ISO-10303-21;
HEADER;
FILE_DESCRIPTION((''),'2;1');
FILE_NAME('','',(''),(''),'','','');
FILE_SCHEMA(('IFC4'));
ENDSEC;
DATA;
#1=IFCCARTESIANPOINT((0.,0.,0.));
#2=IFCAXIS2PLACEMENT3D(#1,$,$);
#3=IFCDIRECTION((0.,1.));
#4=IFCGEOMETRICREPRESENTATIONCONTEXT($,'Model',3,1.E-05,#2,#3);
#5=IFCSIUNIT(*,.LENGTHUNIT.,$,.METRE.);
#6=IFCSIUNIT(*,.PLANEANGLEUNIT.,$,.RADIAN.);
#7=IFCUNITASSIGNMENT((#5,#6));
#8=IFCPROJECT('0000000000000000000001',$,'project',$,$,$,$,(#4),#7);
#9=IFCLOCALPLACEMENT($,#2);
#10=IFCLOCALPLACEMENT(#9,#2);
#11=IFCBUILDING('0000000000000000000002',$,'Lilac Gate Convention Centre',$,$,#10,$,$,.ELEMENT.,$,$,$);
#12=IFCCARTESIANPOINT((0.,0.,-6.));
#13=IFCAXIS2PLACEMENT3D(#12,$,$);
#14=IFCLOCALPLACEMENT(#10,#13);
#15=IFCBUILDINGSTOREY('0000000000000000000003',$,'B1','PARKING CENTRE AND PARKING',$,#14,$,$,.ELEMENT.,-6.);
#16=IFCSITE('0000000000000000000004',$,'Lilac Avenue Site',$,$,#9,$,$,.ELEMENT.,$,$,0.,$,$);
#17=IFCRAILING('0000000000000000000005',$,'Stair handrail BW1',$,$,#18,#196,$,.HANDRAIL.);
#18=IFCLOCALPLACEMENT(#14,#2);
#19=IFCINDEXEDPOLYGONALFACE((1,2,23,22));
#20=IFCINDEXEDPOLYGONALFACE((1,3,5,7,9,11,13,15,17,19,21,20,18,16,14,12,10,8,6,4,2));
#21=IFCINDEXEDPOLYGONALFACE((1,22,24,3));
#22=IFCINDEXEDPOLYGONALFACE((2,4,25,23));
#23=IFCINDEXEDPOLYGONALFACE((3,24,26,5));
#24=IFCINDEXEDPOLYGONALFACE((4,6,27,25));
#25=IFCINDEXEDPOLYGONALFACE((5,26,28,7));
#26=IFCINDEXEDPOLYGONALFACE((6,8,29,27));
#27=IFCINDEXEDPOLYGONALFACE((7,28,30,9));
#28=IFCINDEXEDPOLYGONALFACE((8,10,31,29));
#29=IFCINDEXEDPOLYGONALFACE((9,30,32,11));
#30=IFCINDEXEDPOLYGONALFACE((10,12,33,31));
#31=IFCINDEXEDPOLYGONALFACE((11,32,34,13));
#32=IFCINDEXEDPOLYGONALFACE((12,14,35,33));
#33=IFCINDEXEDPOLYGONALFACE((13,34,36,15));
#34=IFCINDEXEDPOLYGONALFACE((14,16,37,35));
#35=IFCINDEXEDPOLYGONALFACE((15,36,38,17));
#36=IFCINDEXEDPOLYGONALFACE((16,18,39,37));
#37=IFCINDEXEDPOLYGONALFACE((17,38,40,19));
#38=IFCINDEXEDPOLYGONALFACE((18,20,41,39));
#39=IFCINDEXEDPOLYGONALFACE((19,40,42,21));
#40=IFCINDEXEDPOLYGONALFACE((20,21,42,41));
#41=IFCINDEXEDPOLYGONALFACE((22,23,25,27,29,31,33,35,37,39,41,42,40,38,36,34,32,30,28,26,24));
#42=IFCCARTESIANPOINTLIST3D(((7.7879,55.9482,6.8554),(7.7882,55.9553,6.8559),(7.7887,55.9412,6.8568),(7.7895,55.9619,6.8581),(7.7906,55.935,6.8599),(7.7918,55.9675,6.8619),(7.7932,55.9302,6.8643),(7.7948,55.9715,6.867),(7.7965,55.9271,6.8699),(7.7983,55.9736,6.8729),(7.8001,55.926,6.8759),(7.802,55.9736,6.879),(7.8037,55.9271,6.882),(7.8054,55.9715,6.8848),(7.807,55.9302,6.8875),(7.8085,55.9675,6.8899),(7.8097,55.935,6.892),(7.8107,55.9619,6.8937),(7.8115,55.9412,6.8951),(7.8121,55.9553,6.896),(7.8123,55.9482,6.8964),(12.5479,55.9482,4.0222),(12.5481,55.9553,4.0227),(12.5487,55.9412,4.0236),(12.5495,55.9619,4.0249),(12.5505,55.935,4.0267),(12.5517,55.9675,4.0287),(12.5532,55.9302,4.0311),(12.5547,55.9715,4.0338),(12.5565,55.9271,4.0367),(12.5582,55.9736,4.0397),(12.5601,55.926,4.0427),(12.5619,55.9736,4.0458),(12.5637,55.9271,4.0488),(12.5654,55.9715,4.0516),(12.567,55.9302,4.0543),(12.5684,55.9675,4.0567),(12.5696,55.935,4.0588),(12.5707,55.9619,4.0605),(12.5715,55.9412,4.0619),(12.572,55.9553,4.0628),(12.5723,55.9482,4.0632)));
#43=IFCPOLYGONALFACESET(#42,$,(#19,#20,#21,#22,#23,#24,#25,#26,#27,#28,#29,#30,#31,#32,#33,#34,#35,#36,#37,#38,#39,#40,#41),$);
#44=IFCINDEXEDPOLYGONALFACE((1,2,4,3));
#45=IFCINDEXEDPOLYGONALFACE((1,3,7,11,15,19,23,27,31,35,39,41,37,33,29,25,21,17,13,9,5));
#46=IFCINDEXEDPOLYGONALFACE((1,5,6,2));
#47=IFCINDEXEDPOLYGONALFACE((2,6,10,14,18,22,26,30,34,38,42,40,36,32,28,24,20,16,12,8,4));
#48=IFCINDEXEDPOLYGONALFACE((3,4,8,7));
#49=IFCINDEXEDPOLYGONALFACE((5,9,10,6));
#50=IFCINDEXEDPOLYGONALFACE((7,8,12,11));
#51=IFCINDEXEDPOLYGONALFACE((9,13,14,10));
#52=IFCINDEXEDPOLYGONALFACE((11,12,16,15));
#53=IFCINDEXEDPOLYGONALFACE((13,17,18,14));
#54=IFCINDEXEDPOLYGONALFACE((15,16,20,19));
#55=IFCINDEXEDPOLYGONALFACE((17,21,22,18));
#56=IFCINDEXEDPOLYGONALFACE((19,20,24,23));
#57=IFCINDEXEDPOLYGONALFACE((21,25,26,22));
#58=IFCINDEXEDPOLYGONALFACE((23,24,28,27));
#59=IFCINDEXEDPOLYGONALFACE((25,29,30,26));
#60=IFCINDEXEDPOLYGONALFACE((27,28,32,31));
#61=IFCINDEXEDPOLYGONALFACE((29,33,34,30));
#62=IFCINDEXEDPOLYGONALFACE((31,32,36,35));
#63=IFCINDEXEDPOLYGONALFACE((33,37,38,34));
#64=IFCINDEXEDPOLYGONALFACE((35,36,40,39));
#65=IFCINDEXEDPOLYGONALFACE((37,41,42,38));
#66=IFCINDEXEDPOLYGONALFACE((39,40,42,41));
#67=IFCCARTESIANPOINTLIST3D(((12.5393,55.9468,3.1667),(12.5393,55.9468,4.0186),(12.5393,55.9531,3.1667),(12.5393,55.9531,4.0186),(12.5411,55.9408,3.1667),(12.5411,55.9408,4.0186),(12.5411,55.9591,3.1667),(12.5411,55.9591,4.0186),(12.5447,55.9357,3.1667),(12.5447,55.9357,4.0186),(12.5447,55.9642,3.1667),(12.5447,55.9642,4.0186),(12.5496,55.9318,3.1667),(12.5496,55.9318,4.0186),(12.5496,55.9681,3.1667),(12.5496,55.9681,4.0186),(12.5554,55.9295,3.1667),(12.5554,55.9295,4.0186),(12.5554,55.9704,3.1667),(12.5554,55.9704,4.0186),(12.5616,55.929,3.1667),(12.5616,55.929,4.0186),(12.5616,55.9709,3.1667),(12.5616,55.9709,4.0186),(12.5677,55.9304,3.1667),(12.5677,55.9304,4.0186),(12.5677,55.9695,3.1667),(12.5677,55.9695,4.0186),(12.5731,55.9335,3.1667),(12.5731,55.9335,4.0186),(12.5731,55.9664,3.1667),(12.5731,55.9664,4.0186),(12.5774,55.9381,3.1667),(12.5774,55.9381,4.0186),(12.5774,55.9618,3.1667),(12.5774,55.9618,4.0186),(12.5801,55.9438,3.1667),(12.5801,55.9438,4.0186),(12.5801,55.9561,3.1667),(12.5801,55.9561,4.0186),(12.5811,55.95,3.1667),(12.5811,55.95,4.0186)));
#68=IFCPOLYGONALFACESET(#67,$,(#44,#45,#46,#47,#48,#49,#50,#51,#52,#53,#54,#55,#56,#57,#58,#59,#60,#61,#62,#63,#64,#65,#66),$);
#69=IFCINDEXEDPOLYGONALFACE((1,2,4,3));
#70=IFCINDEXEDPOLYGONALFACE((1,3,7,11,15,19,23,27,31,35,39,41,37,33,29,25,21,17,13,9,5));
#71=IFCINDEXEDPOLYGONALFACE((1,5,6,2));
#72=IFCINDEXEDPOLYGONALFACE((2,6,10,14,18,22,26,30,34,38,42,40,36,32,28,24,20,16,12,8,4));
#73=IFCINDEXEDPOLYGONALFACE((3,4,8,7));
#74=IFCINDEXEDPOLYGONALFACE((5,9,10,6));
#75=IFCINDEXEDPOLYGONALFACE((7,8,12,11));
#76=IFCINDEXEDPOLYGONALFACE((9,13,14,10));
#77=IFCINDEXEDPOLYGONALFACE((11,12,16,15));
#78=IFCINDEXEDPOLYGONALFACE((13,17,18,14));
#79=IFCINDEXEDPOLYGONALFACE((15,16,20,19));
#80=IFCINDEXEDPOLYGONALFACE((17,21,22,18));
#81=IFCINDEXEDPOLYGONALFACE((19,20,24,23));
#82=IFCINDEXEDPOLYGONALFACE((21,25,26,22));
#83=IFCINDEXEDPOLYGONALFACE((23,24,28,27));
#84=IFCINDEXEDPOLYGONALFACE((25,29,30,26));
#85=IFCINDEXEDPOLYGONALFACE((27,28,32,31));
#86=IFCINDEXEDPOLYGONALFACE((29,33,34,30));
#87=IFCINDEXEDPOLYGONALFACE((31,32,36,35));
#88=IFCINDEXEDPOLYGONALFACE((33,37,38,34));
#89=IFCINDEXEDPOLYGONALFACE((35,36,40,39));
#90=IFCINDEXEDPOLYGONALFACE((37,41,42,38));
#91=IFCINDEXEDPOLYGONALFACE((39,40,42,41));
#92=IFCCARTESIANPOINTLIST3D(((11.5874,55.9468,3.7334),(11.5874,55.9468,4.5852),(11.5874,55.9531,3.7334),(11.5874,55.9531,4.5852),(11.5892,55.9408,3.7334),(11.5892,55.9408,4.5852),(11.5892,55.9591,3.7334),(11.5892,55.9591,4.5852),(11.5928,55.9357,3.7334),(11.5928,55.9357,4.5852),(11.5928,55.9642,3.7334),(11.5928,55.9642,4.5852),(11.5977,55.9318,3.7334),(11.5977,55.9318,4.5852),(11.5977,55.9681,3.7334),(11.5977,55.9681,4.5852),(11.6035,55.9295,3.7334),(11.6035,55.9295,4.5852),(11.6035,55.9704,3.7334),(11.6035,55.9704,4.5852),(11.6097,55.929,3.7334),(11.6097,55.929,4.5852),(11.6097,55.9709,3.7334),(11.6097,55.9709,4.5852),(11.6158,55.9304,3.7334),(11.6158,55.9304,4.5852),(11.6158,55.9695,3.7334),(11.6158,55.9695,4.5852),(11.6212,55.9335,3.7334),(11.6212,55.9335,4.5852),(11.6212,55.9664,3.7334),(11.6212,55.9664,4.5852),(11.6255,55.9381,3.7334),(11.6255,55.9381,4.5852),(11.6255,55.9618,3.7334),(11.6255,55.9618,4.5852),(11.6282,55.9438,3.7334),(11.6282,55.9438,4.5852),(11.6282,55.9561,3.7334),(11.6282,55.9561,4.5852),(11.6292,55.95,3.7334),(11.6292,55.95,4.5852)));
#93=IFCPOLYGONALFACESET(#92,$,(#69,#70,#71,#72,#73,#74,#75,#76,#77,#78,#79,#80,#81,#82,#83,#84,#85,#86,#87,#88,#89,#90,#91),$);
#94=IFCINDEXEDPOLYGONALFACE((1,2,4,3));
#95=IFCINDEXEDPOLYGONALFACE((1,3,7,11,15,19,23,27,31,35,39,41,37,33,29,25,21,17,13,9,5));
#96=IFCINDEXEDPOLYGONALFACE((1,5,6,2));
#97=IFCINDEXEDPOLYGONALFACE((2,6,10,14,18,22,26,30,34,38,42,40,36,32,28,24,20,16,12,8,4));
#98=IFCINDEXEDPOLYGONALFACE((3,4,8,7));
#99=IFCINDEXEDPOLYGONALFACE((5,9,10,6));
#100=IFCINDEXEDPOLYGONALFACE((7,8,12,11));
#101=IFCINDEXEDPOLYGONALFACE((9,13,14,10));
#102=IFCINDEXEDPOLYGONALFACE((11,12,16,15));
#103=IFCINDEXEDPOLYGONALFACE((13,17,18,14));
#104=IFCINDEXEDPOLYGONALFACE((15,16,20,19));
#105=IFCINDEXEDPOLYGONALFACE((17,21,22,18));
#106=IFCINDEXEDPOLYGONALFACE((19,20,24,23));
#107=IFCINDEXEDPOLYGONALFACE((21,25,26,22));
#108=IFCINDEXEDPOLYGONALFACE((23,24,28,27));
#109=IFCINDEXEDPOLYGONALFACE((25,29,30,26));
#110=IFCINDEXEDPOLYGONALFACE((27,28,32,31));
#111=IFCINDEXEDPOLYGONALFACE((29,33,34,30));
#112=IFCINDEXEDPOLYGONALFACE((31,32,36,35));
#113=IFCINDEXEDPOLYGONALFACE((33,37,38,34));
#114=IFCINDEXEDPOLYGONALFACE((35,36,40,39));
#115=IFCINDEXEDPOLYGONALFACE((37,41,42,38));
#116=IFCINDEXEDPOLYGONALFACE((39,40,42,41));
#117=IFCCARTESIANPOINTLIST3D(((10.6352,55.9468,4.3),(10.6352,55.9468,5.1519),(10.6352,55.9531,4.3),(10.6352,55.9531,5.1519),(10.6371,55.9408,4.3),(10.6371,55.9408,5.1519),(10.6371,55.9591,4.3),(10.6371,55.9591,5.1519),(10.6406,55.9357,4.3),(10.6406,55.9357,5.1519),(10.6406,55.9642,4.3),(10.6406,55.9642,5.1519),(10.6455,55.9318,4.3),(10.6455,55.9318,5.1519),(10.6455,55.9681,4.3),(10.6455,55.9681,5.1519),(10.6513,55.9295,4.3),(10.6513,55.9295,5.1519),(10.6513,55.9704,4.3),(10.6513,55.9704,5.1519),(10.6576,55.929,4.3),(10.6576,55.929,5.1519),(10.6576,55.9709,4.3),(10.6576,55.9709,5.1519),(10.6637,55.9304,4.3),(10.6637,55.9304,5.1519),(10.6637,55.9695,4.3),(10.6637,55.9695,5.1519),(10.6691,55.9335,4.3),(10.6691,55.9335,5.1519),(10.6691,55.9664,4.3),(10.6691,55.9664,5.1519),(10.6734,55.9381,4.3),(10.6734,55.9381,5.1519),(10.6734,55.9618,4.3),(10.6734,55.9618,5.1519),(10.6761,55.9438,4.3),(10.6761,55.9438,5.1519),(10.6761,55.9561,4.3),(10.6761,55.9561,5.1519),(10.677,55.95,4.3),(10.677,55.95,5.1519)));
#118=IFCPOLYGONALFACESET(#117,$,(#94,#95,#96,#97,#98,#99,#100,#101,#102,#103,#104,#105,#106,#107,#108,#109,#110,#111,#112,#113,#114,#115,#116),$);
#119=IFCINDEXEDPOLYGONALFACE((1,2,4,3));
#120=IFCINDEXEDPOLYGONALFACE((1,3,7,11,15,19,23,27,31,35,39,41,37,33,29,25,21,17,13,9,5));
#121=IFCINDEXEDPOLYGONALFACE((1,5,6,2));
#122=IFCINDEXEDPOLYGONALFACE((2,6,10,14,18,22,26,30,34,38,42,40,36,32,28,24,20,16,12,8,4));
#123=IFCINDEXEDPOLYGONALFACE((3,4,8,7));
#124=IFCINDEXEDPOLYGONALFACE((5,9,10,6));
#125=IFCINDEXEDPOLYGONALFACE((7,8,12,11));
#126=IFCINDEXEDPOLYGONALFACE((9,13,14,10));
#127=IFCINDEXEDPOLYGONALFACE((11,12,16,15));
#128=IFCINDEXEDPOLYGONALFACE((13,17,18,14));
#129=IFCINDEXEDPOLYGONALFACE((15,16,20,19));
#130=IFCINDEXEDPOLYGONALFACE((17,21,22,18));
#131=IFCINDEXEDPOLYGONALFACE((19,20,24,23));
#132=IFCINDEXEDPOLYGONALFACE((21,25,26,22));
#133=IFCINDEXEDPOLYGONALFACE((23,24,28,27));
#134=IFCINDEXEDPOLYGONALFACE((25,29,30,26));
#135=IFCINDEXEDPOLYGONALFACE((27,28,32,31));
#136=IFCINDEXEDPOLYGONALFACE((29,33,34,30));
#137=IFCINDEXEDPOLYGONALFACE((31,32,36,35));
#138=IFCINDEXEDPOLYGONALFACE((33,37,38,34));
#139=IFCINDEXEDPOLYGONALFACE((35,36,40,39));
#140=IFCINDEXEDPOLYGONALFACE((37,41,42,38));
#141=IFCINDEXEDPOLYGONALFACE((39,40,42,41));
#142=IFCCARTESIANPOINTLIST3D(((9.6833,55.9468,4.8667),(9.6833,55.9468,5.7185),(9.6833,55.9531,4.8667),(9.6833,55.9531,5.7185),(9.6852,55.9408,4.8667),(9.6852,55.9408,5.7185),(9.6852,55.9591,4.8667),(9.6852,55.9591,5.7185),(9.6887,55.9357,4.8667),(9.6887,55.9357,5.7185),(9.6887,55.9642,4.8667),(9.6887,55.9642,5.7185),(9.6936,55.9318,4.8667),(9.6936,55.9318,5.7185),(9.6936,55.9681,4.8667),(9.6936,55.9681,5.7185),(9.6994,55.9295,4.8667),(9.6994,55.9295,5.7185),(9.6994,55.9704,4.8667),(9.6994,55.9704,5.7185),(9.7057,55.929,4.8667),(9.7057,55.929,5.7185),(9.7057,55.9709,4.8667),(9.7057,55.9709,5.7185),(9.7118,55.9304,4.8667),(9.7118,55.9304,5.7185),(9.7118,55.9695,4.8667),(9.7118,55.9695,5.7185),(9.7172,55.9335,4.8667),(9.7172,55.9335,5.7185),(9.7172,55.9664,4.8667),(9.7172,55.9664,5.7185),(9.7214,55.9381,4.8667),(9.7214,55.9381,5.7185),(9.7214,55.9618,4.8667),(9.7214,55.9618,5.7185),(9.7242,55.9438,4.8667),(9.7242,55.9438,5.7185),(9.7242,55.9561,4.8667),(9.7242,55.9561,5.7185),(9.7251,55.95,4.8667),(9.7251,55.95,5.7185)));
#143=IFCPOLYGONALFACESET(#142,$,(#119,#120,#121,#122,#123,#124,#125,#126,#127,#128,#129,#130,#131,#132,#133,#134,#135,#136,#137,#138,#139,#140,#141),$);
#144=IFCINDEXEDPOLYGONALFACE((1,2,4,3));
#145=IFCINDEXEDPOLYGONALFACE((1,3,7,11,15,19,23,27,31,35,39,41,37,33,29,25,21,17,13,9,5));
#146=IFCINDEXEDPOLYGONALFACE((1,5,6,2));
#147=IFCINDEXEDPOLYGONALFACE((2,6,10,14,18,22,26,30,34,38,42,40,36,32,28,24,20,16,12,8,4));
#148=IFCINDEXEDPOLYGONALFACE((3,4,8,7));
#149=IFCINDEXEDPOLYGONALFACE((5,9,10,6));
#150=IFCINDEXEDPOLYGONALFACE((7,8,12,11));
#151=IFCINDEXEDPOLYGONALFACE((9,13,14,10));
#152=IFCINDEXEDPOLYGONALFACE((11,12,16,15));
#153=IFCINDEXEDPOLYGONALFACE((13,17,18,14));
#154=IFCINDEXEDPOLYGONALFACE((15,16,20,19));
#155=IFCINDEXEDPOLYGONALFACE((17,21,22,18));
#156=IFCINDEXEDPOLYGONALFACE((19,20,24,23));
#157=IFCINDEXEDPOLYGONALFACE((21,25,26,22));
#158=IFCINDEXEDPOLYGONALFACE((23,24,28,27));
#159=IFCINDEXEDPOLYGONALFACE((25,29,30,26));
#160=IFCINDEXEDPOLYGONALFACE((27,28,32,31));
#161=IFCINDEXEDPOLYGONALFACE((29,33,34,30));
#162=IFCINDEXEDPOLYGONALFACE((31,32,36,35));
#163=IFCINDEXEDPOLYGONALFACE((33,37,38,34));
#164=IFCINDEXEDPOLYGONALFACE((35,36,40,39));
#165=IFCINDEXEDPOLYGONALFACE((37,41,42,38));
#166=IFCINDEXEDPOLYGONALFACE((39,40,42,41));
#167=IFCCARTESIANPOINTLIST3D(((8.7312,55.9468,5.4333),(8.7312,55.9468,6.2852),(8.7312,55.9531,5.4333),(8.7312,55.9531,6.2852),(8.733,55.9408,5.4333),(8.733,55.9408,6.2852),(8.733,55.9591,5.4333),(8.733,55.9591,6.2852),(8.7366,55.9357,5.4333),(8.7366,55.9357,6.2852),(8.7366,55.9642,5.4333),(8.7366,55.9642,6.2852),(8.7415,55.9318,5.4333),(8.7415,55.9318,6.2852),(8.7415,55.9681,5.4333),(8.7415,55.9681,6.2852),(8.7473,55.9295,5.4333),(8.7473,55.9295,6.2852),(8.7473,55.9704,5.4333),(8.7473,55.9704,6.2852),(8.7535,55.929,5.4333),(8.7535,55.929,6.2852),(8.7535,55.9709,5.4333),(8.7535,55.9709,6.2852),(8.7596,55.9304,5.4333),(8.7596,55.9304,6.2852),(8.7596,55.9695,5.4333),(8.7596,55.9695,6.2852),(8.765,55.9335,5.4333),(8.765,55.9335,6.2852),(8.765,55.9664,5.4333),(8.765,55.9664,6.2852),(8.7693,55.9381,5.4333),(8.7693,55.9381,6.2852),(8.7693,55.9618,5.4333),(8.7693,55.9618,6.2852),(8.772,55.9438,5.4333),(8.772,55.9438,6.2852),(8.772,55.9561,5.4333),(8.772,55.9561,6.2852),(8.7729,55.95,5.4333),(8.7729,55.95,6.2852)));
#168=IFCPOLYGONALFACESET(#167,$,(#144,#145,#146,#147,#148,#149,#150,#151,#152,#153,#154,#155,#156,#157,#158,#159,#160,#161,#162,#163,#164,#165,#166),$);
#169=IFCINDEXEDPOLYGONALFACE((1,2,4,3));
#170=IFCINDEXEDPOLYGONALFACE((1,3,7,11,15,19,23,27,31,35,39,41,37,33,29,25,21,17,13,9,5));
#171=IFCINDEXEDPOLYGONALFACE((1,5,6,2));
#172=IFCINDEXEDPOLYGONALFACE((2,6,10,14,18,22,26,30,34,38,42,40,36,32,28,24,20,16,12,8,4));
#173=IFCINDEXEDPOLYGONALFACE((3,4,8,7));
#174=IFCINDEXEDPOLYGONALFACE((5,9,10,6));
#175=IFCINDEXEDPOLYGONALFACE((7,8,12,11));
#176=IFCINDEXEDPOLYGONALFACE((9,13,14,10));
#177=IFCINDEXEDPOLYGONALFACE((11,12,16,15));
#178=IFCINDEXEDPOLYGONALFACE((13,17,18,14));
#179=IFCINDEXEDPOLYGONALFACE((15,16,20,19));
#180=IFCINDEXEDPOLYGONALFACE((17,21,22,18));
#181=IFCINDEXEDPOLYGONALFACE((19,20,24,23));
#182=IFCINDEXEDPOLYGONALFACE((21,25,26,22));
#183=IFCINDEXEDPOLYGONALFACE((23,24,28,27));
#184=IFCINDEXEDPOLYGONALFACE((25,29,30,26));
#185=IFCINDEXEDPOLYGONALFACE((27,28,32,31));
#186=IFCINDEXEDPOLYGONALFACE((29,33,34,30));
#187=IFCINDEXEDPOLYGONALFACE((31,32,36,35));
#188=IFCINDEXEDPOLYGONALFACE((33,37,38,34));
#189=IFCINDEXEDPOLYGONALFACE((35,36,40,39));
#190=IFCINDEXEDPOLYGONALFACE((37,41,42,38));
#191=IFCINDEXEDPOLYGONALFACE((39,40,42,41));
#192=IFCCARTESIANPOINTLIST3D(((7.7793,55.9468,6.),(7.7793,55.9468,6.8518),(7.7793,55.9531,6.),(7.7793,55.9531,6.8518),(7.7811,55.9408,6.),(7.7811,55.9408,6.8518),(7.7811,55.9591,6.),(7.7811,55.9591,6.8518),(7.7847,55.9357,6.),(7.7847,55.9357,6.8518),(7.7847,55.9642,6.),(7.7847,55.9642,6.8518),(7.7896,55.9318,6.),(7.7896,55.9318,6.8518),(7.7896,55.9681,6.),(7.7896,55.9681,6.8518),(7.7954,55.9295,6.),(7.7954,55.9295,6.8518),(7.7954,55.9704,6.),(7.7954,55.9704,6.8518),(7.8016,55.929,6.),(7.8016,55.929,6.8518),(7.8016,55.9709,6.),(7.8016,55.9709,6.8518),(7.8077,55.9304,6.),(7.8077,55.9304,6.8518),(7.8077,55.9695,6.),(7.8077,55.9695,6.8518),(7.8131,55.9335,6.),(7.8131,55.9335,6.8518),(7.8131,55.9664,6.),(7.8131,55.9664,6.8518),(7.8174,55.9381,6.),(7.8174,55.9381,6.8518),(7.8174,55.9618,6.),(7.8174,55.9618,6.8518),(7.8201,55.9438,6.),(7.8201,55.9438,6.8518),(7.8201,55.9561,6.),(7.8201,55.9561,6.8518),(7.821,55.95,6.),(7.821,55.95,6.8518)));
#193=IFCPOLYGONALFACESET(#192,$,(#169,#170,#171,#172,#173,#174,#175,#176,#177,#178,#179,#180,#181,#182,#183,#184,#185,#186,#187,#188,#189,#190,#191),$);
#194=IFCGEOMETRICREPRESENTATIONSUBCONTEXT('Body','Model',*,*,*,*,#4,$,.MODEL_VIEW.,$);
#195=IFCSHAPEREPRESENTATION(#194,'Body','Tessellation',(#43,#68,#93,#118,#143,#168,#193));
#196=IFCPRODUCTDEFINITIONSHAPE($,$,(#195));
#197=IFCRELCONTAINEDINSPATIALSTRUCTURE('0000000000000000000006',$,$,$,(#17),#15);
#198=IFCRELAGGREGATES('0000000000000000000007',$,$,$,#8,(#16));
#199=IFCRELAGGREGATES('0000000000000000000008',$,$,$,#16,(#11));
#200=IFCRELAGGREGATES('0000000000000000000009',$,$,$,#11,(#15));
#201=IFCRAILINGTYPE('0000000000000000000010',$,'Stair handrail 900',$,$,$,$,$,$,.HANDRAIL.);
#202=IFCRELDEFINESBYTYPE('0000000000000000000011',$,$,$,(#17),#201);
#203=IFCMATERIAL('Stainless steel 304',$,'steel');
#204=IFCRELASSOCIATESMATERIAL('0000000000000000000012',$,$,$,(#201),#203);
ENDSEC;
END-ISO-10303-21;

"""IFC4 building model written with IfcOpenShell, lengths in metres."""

from ifc_helpers import new_model, si_unit, direction, frame, origin, origin_2d, place, context, subcontext, project, spatial, circle, extrude, material, type_object, element, save


model = new_model("IFC4")

# Units and contexts
model_context = context("Model", 3, precision=1e-05, world=origin(), true_north=direction((0.0, 1.0)))
body_context = subcontext(model_context, "Body", "Model", "MODEL_VIEW")
ifc_project = project(units=[si_unit("LENGTHUNIT", "METRE"), si_unit("PLANEANGLEUNIT", "RADIAN")], contexts=[model_context])

# Site, building, storey
site_placement = place(None, origin())
site = spatial("IfcSite", under=ifc_project, at=site_placement, Name="Lilac Avenue Site", CompositionType="ELEMENT", RefElevation=0.0)
building_placement = place(site_placement, origin())
building = spatial("IfcBuilding", under=site, at=building_placement, Name="Lilac Gate Convention Centre", CompositionType="ELEMENT")
storey_placement = place(building_placement, frame((0.0, 0.0, -6.0)))
storey = spatial("IfcBuildingStorey", under=building, at=storey_placement, Name="B1", Description="PARKING CENTRE AND PARKING", CompositionType="ELEMENT", Elevation=-6.0)

# Railing
ifc_material_1 = material(Name="Stainless steel 304", Category="steel")
railing_type = type_object("IfcRailingType", Name="Stair handrail 900", PredefinedType="HANDRAIL", material=ifc_material_1)
for number, where, name in (
    (1, (12.5601, 55.95, 3.1667), "Stair handrail BW1"),
):
    element("IfcRailing", number, at=place(storey_placement, frame(where)), inside=storey, type_object=railing_type, Name=name, PredefinedType="HANDRAIL", context=body_context, shape_type="SweptSolid", body=[
        extrude(circle(Radius=0.0239, at=origin_2d()), frame((0.0, 0.0, 0.876), z_axis=(-0.8593, 0.0, 0.511472), x_axis=(0.0, -1.0, 0.0)), (0.0, 0.0, 1.0), 5.5393),
        extrude(circle(Radius=0.021, at=origin_2d()), origin(), (0.0, 0.0, 1.0), 0.8518),
        extrude(circle(Radius=0.021, at=origin_2d()), frame((-0.9519, 0.0, 0.5667)), (0.0, 0.0, 1.0), 0.8518),
        extrude(circle(Radius=0.021, at=origin_2d()), frame((-1.9041, 0.0, 1.1333)), (0.0, 0.0, 1.0), 0.8518),
        extrude(circle(Radius=0.021, at=origin_2d()), frame((-2.856, 0.0, 1.7)), (0.0, 0.0, 1.0), 0.8518),
        extrude(circle(Radius=0.021, at=origin_2d()), frame((-3.8081, 0.0, 2.2666)), (0.0, 0.0, 1.0), 0.8518),
        extrude(circle(Radius=0.021, at=origin_2d()), frame((-4.76, 0.0, 2.8333)), (0.0, 0.0, 1.0), 0.8518),
    ])

save(model, "model.ifc")
